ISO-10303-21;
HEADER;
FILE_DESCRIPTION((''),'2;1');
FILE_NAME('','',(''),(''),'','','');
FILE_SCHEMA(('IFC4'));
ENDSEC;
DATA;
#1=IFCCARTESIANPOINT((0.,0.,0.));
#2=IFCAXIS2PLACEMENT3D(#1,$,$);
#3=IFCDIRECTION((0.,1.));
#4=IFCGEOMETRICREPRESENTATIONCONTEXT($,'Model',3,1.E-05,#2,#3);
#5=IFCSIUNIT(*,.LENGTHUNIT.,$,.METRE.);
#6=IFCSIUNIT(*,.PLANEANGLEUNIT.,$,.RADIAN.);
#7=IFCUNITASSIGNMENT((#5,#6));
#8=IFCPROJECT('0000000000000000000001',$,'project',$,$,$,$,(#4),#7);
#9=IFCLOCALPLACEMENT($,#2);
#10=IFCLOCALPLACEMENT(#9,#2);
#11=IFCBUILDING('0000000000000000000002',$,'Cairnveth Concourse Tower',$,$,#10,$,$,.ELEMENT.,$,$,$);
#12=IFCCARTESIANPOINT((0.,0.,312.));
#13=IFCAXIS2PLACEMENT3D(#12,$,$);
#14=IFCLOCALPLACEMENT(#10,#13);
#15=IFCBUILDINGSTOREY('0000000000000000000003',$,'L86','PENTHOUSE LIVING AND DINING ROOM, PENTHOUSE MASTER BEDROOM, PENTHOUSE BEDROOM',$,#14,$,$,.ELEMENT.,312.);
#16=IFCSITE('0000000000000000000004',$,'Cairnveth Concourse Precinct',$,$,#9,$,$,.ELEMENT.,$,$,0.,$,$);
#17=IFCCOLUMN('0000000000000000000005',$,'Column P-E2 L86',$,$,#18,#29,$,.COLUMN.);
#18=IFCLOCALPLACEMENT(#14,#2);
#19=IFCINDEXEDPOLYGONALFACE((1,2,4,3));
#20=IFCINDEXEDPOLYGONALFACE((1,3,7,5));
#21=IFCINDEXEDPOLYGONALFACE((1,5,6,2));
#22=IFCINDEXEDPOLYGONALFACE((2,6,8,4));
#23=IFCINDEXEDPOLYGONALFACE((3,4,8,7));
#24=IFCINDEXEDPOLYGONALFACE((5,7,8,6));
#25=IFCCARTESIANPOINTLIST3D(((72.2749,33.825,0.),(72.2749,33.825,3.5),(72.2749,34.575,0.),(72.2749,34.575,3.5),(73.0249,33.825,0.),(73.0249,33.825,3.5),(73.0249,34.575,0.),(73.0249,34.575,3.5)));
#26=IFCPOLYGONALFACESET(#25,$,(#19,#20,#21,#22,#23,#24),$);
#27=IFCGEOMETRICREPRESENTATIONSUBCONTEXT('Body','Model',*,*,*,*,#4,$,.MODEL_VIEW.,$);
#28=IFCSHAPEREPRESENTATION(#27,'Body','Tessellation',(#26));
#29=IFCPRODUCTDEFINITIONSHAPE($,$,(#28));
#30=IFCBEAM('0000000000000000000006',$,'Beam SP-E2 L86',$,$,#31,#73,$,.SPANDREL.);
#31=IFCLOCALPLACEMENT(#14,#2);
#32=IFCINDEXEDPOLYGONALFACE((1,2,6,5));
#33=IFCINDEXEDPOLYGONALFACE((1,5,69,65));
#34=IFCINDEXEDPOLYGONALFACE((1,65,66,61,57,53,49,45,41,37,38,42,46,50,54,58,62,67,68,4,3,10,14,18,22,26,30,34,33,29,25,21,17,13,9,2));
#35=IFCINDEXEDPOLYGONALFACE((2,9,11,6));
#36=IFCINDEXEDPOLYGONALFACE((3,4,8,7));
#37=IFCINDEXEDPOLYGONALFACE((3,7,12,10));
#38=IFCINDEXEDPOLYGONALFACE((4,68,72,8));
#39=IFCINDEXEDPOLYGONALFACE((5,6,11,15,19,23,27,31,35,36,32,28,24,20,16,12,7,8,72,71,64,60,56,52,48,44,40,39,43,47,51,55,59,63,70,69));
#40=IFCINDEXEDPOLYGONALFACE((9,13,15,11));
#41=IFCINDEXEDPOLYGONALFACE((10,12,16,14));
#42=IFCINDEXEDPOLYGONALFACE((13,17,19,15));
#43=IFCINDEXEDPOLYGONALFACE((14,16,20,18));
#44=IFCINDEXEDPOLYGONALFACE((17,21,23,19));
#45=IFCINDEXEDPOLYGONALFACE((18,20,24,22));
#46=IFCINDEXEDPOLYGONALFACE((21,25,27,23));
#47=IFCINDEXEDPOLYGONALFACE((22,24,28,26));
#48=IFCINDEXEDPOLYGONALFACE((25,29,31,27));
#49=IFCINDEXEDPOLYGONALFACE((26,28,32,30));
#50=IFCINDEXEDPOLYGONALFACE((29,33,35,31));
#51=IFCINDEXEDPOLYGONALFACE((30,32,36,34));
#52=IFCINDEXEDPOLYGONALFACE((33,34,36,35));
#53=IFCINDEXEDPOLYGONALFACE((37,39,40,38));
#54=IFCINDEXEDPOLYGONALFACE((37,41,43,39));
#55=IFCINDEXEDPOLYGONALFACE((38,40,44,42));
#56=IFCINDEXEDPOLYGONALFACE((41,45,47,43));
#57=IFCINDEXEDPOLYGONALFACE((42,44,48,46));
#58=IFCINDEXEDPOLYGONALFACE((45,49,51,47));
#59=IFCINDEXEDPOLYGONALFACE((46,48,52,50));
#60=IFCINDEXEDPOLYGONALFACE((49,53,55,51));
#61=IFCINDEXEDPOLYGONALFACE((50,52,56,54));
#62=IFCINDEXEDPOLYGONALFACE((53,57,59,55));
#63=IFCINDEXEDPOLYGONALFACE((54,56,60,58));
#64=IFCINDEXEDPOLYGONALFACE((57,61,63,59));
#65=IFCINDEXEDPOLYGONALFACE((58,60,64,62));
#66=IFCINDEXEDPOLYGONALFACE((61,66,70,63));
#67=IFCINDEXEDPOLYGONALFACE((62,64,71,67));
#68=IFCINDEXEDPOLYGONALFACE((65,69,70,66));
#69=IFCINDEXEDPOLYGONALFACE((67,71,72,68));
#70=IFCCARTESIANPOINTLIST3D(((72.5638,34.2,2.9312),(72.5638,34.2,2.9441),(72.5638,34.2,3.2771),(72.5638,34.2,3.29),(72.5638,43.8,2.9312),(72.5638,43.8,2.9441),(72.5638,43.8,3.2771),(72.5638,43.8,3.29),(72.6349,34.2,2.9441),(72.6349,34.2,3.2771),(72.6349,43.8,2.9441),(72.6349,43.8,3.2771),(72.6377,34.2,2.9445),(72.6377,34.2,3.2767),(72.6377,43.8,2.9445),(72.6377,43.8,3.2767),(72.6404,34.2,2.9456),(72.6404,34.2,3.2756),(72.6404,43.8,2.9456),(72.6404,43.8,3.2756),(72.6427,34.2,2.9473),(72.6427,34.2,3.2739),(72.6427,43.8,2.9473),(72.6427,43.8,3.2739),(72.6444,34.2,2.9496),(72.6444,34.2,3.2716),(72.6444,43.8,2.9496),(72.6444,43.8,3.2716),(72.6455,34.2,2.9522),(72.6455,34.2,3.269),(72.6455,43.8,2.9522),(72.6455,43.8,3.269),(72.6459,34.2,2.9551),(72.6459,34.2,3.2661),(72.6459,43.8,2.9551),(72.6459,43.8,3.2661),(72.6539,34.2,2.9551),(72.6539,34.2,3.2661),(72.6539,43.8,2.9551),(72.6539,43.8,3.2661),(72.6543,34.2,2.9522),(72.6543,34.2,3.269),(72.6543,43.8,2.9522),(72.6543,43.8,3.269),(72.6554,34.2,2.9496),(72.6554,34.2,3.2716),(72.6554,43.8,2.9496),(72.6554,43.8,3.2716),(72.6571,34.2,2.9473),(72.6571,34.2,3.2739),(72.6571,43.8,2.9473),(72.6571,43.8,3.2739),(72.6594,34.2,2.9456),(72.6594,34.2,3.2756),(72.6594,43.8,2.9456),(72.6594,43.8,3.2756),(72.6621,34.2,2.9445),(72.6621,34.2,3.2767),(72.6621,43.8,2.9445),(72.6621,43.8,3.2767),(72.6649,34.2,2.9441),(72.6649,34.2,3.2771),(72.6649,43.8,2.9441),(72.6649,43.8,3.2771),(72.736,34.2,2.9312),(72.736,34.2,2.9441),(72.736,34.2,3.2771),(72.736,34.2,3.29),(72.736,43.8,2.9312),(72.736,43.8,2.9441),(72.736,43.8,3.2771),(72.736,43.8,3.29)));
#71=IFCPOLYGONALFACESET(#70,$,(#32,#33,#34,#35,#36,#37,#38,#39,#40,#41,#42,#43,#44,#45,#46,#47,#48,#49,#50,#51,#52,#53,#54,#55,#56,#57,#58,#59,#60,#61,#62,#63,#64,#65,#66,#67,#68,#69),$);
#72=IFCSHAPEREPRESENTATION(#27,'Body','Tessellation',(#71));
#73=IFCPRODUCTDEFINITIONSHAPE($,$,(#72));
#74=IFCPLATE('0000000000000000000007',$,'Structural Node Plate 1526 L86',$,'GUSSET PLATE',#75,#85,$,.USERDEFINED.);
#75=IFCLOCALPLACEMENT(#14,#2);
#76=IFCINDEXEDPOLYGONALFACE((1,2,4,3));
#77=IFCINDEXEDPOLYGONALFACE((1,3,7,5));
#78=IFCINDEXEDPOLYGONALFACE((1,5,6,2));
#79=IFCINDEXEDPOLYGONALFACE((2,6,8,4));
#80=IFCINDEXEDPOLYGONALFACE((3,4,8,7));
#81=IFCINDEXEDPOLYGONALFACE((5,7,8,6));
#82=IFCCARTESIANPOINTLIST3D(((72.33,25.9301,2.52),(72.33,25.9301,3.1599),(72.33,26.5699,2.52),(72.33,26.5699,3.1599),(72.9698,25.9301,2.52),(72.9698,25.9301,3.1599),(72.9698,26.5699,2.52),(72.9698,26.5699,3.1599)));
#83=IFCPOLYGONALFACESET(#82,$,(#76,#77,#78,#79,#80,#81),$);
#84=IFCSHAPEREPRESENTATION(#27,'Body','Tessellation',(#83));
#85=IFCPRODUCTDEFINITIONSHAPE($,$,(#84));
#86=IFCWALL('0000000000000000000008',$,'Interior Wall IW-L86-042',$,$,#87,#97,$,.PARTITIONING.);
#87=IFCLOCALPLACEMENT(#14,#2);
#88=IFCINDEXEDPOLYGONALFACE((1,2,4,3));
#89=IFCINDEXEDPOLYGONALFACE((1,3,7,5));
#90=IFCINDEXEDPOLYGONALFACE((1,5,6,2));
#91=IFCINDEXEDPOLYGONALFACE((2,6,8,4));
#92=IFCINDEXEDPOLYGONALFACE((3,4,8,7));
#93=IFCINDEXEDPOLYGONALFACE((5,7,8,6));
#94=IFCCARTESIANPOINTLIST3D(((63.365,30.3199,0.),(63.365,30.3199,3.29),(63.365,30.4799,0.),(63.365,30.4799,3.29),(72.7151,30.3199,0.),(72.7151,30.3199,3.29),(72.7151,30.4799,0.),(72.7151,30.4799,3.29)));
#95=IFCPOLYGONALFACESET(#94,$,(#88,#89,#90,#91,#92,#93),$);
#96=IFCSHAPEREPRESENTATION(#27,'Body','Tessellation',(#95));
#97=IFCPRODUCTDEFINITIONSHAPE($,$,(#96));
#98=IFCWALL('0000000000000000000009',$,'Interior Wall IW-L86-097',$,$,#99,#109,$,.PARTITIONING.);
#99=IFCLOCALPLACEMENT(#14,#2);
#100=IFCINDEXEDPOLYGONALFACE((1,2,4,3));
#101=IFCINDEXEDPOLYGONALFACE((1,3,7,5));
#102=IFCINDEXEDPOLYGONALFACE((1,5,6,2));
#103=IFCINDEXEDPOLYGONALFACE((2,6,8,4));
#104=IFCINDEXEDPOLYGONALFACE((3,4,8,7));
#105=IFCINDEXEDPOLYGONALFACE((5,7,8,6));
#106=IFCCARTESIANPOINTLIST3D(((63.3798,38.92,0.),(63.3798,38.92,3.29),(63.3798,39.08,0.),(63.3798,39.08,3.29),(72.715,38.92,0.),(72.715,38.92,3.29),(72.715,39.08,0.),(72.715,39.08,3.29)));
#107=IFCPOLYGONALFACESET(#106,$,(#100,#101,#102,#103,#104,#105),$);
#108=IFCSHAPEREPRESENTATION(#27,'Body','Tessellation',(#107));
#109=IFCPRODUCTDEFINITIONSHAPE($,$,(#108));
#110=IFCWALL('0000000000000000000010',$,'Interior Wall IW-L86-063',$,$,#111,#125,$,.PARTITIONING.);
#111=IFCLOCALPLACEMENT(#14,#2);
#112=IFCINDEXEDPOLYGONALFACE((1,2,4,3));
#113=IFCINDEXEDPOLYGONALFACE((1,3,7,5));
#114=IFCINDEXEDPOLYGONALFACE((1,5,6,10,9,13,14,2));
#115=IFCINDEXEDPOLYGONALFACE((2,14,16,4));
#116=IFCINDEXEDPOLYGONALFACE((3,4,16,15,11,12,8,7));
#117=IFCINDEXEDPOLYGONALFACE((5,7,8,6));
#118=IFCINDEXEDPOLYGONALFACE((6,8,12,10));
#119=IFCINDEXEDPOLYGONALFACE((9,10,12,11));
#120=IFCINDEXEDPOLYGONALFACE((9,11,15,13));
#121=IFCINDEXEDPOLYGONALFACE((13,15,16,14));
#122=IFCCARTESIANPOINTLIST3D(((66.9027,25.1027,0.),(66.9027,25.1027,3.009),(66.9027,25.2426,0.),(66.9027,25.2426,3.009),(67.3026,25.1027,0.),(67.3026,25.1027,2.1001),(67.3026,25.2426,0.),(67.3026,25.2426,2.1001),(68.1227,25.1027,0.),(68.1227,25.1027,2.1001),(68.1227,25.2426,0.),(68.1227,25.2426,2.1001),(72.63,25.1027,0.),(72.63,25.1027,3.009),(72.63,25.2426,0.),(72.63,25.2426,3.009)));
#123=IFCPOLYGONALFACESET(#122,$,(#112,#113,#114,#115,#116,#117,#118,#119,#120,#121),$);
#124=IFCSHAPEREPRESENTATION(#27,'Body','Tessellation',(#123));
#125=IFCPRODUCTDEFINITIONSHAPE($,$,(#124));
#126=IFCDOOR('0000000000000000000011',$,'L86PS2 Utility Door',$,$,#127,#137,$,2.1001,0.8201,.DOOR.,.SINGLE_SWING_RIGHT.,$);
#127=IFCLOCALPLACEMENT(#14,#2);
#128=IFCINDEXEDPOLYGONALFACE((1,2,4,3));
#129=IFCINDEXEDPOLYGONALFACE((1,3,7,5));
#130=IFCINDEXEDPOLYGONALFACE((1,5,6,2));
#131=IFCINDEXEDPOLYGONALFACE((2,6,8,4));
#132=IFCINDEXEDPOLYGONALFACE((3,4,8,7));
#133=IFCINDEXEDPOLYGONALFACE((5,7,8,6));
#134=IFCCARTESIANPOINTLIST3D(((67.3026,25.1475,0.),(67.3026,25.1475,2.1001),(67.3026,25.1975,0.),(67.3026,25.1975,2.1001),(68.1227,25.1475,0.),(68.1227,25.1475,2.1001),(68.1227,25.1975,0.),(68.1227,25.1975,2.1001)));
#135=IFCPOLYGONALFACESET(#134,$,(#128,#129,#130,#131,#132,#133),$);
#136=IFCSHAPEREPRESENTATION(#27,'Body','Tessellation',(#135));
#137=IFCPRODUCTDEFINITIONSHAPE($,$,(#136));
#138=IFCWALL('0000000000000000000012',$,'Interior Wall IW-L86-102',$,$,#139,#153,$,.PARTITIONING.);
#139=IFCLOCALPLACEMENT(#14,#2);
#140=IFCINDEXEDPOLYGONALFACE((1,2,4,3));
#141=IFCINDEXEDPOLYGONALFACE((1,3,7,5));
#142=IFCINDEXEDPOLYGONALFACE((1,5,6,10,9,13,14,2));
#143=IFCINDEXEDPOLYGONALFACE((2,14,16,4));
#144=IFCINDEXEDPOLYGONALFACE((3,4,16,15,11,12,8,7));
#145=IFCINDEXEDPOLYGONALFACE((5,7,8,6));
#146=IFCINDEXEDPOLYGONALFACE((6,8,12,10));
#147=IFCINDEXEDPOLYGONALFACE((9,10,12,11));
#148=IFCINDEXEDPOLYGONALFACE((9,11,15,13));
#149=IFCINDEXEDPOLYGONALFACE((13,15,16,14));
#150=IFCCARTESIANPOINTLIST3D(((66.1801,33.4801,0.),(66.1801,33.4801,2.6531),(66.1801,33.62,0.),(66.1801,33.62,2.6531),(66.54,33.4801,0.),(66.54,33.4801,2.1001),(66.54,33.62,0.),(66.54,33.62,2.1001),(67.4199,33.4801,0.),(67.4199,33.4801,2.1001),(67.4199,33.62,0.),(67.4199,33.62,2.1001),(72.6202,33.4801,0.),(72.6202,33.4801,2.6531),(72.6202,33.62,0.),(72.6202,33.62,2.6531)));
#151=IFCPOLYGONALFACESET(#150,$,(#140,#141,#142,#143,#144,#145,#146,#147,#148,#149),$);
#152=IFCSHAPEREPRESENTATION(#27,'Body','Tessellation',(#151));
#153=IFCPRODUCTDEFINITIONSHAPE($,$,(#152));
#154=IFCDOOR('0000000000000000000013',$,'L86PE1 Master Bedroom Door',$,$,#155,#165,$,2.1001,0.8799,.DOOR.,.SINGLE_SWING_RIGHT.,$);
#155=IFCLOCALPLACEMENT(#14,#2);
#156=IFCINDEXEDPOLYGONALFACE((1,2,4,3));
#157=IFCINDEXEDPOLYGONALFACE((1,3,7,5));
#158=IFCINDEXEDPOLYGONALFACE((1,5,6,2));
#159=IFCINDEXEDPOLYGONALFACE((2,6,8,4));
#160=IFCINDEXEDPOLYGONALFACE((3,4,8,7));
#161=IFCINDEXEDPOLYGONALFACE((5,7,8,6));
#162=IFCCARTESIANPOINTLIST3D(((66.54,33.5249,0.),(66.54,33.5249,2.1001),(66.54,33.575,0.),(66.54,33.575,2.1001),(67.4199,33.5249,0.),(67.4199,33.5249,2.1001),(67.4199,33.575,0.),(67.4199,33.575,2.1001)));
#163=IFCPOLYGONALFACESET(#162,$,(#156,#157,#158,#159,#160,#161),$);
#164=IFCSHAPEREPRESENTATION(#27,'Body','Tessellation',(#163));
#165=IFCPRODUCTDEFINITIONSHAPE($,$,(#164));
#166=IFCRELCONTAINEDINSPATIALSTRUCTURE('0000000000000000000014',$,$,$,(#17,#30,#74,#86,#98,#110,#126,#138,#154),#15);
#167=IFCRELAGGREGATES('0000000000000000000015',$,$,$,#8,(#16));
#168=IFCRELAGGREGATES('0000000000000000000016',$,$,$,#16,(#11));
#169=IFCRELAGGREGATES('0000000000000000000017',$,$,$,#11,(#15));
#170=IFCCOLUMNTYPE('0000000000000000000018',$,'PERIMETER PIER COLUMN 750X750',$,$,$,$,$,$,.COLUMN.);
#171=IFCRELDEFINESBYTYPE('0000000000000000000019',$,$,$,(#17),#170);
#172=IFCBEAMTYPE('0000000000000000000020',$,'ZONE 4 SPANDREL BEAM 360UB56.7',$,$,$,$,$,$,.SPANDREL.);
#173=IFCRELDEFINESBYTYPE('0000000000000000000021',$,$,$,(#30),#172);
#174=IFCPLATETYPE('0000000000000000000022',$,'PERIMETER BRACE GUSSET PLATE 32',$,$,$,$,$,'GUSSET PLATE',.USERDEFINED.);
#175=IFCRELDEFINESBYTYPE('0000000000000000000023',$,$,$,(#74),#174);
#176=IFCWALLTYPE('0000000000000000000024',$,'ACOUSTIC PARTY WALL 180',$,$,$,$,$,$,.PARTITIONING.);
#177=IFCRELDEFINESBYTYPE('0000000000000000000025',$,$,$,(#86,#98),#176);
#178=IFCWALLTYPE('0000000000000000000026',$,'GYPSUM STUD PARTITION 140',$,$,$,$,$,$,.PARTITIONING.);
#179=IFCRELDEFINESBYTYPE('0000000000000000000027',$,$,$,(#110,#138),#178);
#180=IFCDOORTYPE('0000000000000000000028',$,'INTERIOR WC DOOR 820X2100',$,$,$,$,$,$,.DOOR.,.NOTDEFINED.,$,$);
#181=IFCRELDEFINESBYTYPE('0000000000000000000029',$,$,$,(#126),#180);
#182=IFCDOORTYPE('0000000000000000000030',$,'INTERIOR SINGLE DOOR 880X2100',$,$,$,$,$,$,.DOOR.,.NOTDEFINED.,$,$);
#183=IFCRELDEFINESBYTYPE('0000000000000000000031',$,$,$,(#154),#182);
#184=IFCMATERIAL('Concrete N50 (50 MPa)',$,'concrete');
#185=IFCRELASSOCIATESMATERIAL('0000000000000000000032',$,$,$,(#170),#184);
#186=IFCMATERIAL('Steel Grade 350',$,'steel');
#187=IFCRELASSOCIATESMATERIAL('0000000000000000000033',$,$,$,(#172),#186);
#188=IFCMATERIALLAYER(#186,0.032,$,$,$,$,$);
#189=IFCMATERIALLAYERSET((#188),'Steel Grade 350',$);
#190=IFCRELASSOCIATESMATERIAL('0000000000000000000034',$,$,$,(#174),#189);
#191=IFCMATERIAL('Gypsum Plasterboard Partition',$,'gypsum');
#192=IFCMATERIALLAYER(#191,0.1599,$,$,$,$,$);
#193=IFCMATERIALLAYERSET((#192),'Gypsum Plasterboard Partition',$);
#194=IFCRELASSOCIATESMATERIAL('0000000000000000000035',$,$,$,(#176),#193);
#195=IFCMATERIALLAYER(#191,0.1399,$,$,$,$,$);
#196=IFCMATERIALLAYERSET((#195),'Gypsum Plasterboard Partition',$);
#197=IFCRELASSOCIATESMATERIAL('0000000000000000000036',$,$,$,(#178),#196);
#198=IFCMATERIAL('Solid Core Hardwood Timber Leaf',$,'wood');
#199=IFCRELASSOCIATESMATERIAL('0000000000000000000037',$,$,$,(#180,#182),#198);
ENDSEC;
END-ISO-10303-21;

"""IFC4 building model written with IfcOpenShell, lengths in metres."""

from ifc_helpers import new_model, si_unit, direction, frame, frame_2d, origin, origin_2d, place, context, subcontext, project, spatial, rectangle, i_section, extrude, material, layer, layer_set, material_profile, profile_set, type_object, element, fill, save


model = new_model("IFC4")

# Units and contexts
model_context = context("Model", 3, precision=1e-05, world=origin(), true_north=direction((0.0, 1.0)))
body_context = subcontext(model_context, "Body", "Model", "MODEL_VIEW")
ifc_project = project(units=[si_unit("LENGTHUNIT", "METRE"), si_unit("PLANEANGLEUNIT", "RADIAN")], contexts=[model_context])

# Site, building, storey
site_placement = place(None, origin())
site = spatial("IfcSite", under=ifc_project, at=site_placement, Name="Cairnveth Concourse Precinct", CompositionType="ELEMENT", RefElevation=0.0)
building_placement = place(site_placement, origin())
building = spatial("IfcBuilding", under=site, at=building_placement, Name="Cairnveth Concourse Tower", CompositionType="ELEMENT")
storey_placement = place(building_placement, frame((0.0, 0.0, 312.0)))
storey = spatial("IfcBuildingStorey", under=building, at=storey_placement, Name="L86", Description="PENTHOUSE LIVING AND DINING ROOM, PENTHOUSE MASTER BEDROOM, PENTHOUSE BEDROOM", CompositionType="ELEMENT", Elevation=312.0)

# Column
ifc_material_1 = material(Name="Concrete N50 (50 MPa)", Category="concrete")
ifc_material_profile_1 = material_profile(ifc_material_1, rectangle(XDim=0.75, YDim=0.75, at=origin_2d()), Name="RC-COL-750x750")
ifc_profile_set_1 = profile_set([ifc_material_profile_1], Name="Concrete N50 (50 MPa)")
column_type = type_object("IfcColumnType", Name="PERIMETER PIER COLUMN 750X750", PredefinedType="COLUMN", material=ifc_profile_set_1)
column_placement = place(storey_placement, frame((72.6499, 34.2, 0.0), z_axis=(0.0, 0.0, 1.0), x_axis=(0.0, 1.0, 0.0)))
element("IfcColumn", 1, at=column_placement, inside=storey, type_object=column_type, Name="Column P-E2 L86", PredefinedType="COLUMN", context=body_context, shape_type="SweptSolid", body=[
    extrude(rectangle(XDim=0.75, YDim=0.75, at=origin_2d()), origin(), (0.0, 0.0, 1.0), 3.5),
])

# Beam
ifc_material_2 = material(Name="Steel Grade 350", Category="steel")
ifc_material_profile_2 = material_profile(ifc_material_2, i_section(OverallWidth=0.1721, OverallDepth=0.3589, WebThickness=0.0081, FlangeThickness=0.0129, FilletRadius=0.011, at=origin_2d()), Name="360UB56.7")
ifc_profile_set_2 = profile_set([ifc_material_profile_2], Name="Steel Grade 350")
beam_type = type_object("IfcBeamType", Name="ZONE 4 SPANDREL BEAM 360UB56.7", PredefinedType="SPANDREL", material=ifc_profile_set_2)
beam_placement = place(storey_placement, frame((72.6499, 34.2, 3.1106), z_axis=(0.0, 1.0, 0.0), x_axis=(-1.0, 0.0, 0.0)))
element("IfcBeam", 2, at=beam_placement, inside=storey, type_object=beam_type, Name="Beam SP-E2 L86", PredefinedType="SPANDREL", context=body_context, shape_type="SweptSolid", body=[
    extrude(i_section(OverallWidth=0.1721, OverallDepth=0.3589, WebThickness=0.0081, FlangeThickness=0.0129, FilletRadius=0.011, at=origin_2d()), origin(), (0.0, 0.0, 1.0), 9.6001),
])

# Plate
ifc_layer_1 = layer(ifc_material_2, 0.032)
ifc_layer_set_1 = layer_set([ifc_layer_1], Name="Steel Grade 350")
plate_type = type_object("IfcPlateType", Name="PERIMETER BRACE GUSSET PLATE 32", ElementType="GUSSET PLATE", PredefinedType="USERDEFINED", material=ifc_layer_set_1)
plate_placement = place(storey_placement, frame((72.6499, 26.25, 2.52), z_axis=(0.0, 0.0, 1.0), x_axis=(1.0, 0.0, 0.0)))
element("IfcPlate", 3, at=plate_placement, inside=storey, type_object=plate_type, Name="Structural Node Plate 1526 L86", ObjectType="GUSSET PLATE", PredefinedType="USERDEFINED", context=body_context, shape_type="SweptSolid", body=[
    extrude(rectangle(XDim=0.6399, YDim=0.6399, at=origin_2d()), origin(), (0.0, 0.0, 1.0), 0.6399),
])

# Walls
ifc_material_3 = material(Name="Gypsum Plasterboard Partition", Category="gypsum")
ifc_layer_2 = layer(ifc_material_3, 0.1599)
ifc_layer_set_2 = layer_set([ifc_layer_2], Name="Gypsum Plasterboard Partition")
wall_type_1 = type_object("IfcWallType", Name="ACOUSTIC PARTY WALL 180", PredefinedType="PARTITIONING", material=ifc_layer_set_2)
wall_1_placement = place(storey_placement, frame((63.365, 30.3999, 0.0), z_axis=(0.0, 0.0, 1.0), x_axis=(1.0, 0.0, 0.0)))
element("IfcWall", 4, at=wall_1_placement, inside=storey, type_object=wall_type_1, Name="Interior Wall IW-L86-042", PredefinedType="PARTITIONING", context=body_context, shape_type="SweptSolid", body=[
    extrude(rectangle(XDim=9.3501, YDim=0.1599, at=frame_2d((4.675, 0.0))), origin(), (0.0, 0.0, 1.0), 3.29),
])
wall_2_placement = place(storey_placement, frame((63.3799, 39.0, 0.0), z_axis=(0.0, 0.0, 1.0), x_axis=(1.0, 0.0, 0.0)))
element("IfcWall", 5, at=wall_2_placement, inside=storey, type_object=wall_type_1, Name="Interior Wall IW-L86-097", PredefinedType="PARTITIONING", context=body_context, shape_type="SweptSolid", body=[
    extrude(rectangle(XDim=9.3352, YDim=0.1599, at=frame_2d((4.6675, 0.0))), origin(), (0.0, 0.0, 1.0), 3.29),
])

# Walls, openings, doors
ifc_layer_3 = layer(ifc_material_3, 0.1399)
ifc_layer_set_3 = layer_set([ifc_layer_3], Name="Gypsum Plasterboard Partition")
wall_type_2 = type_object("IfcWallType", Name="GYPSUM STUD PARTITION 140", PredefinedType="PARTITIONING", material=ifc_layer_set_3)
wall_3_placement = place(storey_placement, frame((66.9026, 25.1726, 0.0), z_axis=(0.0, 0.0, 1.0), x_axis=(1.0, 0.0, 0.0)))
wall_3 = element("IfcWall", 6, at=wall_3_placement, inside=storey, type_object=wall_type_2, Name="Interior Wall IW-L86-063", PredefinedType="PARTITIONING", context=body_context, shape_type="SweptSolid", body=[
    extrude(rectangle(XDim=5.7273, YDim=0.1399, at=frame_2d((2.8638, 0.0))), origin(), (0.0, 0.0, 1.0), 3.009),
])
opening_1_placement = place(wall_3_placement, frame((0.3999, 0.0, 0.0)))
opening_1 = element("IfcOpeningElement", 7, at=opening_1_placement, cuts=wall_3, PredefinedType="OPENING", context=body_context, shape_type="SweptSolid", body=[
    extrude(rectangle(XDim=0.8201, YDim=2.1001, at=frame_2d((0.4102, 1.05))), frame((0.0, 0.0798, 0.0), z_axis=(0.0, -1.0, 0.0), x_axis=(1.0, 0.0, 0.0)), (0.0, 0.0, 1.0), 0.1599),
])
ifc_material_4 = material(Name="Solid Core Hardwood Timber Leaf", Category="wood")
door_type_1 = type_object("IfcDoorType", Name="INTERIOR WC DOOR 820X2100", OperationType="NOTDEFINED", PredefinedType="DOOR", material=ifc_material_4)
door_1_placement = place(opening_1_placement, origin())
door_1 = element("IfcDoor", 8, at=door_1_placement, inside=storey, type_object=door_type_1, Name="L86PS2 Utility Door", OperationType="SINGLE_SWING_RIGHT", OverallHeight=2.1001, OverallWidth=0.8201, PredefinedType="DOOR", context=body_context, shape_type="SweptSolid", body=[
    extrude(rectangle(XDim=0.8201, YDim=2.1001, at=frame_2d((0.4102, 1.05))), frame((0.0, 0.0249, 0.0), z_axis=(0.0, -1.0, 0.0), x_axis=(1.0, 0.0, 0.0)), (0.0, 0.0, 1.0), 0.05),
])
fill(opening_1, door_1)
wall_4_placement = place(storey_placement, frame((66.1799, 33.55, 0.0), z_axis=(0.0, 0.0, 1.0), x_axis=(1.0, 0.0, 0.0)))
wall_4 = element("IfcWall", 9, at=wall_4_placement, inside=storey, type_object=wall_type_2, Name="Interior Wall IW-L86-102", PredefinedType="PARTITIONING", context=body_context, shape_type="SweptSolid", body=[
    extrude(rectangle(XDim=6.4402, YDim=0.1399, at=frame_2d((3.2202, 0.0))), origin(), (0.0, 0.0, 1.0), 2.6531),
])
opening_2_placement = place(wall_4_placement, frame((0.3601, 0.0, 0.0)))
opening_2 = element("IfcOpeningElement", 10, at=opening_2_placement, cuts=wall_4, PredefinedType="OPENING", context=body_context, shape_type="SweptSolid", body=[
    extrude(rectangle(XDim=0.8799, YDim=2.1001, at=frame_2d((0.4399, 1.05))), frame((0.0, 0.0798, 0.0), z_axis=(0.0, -1.0, 0.0), x_axis=(1.0, 0.0, 0.0)), (0.0, 0.0, 1.0), 0.1599),
])
door_type_2 = type_object("IfcDoorType", Name="INTERIOR SINGLE DOOR 880X2100", OperationType="NOTDEFINED", PredefinedType="DOOR", material=ifc_material_4)
door_2_placement = place(opening_2_placement, origin())
door_2 = element("IfcDoor", 11, at=door_2_placement, inside=storey, type_object=door_type_2, Name="L86PE1 Master Bedroom Door", OperationType="SINGLE_SWING_RIGHT", OverallHeight=2.1001, OverallWidth=0.8799, PredefinedType="DOOR", context=body_context, shape_type="SweptSolid", body=[
    extrude(rectangle(XDim=0.8799, YDim=2.1001, at=frame_2d((0.4399, 1.05))), frame((0.0, 0.0249, 0.0), z_axis=(0.0, -1.0, 0.0), x_axis=(1.0, 0.0, 0.0)), (0.0, 0.0, 1.0), 0.05),
])
fill(opening_2, door_2)

save(model, "model.ifc")
